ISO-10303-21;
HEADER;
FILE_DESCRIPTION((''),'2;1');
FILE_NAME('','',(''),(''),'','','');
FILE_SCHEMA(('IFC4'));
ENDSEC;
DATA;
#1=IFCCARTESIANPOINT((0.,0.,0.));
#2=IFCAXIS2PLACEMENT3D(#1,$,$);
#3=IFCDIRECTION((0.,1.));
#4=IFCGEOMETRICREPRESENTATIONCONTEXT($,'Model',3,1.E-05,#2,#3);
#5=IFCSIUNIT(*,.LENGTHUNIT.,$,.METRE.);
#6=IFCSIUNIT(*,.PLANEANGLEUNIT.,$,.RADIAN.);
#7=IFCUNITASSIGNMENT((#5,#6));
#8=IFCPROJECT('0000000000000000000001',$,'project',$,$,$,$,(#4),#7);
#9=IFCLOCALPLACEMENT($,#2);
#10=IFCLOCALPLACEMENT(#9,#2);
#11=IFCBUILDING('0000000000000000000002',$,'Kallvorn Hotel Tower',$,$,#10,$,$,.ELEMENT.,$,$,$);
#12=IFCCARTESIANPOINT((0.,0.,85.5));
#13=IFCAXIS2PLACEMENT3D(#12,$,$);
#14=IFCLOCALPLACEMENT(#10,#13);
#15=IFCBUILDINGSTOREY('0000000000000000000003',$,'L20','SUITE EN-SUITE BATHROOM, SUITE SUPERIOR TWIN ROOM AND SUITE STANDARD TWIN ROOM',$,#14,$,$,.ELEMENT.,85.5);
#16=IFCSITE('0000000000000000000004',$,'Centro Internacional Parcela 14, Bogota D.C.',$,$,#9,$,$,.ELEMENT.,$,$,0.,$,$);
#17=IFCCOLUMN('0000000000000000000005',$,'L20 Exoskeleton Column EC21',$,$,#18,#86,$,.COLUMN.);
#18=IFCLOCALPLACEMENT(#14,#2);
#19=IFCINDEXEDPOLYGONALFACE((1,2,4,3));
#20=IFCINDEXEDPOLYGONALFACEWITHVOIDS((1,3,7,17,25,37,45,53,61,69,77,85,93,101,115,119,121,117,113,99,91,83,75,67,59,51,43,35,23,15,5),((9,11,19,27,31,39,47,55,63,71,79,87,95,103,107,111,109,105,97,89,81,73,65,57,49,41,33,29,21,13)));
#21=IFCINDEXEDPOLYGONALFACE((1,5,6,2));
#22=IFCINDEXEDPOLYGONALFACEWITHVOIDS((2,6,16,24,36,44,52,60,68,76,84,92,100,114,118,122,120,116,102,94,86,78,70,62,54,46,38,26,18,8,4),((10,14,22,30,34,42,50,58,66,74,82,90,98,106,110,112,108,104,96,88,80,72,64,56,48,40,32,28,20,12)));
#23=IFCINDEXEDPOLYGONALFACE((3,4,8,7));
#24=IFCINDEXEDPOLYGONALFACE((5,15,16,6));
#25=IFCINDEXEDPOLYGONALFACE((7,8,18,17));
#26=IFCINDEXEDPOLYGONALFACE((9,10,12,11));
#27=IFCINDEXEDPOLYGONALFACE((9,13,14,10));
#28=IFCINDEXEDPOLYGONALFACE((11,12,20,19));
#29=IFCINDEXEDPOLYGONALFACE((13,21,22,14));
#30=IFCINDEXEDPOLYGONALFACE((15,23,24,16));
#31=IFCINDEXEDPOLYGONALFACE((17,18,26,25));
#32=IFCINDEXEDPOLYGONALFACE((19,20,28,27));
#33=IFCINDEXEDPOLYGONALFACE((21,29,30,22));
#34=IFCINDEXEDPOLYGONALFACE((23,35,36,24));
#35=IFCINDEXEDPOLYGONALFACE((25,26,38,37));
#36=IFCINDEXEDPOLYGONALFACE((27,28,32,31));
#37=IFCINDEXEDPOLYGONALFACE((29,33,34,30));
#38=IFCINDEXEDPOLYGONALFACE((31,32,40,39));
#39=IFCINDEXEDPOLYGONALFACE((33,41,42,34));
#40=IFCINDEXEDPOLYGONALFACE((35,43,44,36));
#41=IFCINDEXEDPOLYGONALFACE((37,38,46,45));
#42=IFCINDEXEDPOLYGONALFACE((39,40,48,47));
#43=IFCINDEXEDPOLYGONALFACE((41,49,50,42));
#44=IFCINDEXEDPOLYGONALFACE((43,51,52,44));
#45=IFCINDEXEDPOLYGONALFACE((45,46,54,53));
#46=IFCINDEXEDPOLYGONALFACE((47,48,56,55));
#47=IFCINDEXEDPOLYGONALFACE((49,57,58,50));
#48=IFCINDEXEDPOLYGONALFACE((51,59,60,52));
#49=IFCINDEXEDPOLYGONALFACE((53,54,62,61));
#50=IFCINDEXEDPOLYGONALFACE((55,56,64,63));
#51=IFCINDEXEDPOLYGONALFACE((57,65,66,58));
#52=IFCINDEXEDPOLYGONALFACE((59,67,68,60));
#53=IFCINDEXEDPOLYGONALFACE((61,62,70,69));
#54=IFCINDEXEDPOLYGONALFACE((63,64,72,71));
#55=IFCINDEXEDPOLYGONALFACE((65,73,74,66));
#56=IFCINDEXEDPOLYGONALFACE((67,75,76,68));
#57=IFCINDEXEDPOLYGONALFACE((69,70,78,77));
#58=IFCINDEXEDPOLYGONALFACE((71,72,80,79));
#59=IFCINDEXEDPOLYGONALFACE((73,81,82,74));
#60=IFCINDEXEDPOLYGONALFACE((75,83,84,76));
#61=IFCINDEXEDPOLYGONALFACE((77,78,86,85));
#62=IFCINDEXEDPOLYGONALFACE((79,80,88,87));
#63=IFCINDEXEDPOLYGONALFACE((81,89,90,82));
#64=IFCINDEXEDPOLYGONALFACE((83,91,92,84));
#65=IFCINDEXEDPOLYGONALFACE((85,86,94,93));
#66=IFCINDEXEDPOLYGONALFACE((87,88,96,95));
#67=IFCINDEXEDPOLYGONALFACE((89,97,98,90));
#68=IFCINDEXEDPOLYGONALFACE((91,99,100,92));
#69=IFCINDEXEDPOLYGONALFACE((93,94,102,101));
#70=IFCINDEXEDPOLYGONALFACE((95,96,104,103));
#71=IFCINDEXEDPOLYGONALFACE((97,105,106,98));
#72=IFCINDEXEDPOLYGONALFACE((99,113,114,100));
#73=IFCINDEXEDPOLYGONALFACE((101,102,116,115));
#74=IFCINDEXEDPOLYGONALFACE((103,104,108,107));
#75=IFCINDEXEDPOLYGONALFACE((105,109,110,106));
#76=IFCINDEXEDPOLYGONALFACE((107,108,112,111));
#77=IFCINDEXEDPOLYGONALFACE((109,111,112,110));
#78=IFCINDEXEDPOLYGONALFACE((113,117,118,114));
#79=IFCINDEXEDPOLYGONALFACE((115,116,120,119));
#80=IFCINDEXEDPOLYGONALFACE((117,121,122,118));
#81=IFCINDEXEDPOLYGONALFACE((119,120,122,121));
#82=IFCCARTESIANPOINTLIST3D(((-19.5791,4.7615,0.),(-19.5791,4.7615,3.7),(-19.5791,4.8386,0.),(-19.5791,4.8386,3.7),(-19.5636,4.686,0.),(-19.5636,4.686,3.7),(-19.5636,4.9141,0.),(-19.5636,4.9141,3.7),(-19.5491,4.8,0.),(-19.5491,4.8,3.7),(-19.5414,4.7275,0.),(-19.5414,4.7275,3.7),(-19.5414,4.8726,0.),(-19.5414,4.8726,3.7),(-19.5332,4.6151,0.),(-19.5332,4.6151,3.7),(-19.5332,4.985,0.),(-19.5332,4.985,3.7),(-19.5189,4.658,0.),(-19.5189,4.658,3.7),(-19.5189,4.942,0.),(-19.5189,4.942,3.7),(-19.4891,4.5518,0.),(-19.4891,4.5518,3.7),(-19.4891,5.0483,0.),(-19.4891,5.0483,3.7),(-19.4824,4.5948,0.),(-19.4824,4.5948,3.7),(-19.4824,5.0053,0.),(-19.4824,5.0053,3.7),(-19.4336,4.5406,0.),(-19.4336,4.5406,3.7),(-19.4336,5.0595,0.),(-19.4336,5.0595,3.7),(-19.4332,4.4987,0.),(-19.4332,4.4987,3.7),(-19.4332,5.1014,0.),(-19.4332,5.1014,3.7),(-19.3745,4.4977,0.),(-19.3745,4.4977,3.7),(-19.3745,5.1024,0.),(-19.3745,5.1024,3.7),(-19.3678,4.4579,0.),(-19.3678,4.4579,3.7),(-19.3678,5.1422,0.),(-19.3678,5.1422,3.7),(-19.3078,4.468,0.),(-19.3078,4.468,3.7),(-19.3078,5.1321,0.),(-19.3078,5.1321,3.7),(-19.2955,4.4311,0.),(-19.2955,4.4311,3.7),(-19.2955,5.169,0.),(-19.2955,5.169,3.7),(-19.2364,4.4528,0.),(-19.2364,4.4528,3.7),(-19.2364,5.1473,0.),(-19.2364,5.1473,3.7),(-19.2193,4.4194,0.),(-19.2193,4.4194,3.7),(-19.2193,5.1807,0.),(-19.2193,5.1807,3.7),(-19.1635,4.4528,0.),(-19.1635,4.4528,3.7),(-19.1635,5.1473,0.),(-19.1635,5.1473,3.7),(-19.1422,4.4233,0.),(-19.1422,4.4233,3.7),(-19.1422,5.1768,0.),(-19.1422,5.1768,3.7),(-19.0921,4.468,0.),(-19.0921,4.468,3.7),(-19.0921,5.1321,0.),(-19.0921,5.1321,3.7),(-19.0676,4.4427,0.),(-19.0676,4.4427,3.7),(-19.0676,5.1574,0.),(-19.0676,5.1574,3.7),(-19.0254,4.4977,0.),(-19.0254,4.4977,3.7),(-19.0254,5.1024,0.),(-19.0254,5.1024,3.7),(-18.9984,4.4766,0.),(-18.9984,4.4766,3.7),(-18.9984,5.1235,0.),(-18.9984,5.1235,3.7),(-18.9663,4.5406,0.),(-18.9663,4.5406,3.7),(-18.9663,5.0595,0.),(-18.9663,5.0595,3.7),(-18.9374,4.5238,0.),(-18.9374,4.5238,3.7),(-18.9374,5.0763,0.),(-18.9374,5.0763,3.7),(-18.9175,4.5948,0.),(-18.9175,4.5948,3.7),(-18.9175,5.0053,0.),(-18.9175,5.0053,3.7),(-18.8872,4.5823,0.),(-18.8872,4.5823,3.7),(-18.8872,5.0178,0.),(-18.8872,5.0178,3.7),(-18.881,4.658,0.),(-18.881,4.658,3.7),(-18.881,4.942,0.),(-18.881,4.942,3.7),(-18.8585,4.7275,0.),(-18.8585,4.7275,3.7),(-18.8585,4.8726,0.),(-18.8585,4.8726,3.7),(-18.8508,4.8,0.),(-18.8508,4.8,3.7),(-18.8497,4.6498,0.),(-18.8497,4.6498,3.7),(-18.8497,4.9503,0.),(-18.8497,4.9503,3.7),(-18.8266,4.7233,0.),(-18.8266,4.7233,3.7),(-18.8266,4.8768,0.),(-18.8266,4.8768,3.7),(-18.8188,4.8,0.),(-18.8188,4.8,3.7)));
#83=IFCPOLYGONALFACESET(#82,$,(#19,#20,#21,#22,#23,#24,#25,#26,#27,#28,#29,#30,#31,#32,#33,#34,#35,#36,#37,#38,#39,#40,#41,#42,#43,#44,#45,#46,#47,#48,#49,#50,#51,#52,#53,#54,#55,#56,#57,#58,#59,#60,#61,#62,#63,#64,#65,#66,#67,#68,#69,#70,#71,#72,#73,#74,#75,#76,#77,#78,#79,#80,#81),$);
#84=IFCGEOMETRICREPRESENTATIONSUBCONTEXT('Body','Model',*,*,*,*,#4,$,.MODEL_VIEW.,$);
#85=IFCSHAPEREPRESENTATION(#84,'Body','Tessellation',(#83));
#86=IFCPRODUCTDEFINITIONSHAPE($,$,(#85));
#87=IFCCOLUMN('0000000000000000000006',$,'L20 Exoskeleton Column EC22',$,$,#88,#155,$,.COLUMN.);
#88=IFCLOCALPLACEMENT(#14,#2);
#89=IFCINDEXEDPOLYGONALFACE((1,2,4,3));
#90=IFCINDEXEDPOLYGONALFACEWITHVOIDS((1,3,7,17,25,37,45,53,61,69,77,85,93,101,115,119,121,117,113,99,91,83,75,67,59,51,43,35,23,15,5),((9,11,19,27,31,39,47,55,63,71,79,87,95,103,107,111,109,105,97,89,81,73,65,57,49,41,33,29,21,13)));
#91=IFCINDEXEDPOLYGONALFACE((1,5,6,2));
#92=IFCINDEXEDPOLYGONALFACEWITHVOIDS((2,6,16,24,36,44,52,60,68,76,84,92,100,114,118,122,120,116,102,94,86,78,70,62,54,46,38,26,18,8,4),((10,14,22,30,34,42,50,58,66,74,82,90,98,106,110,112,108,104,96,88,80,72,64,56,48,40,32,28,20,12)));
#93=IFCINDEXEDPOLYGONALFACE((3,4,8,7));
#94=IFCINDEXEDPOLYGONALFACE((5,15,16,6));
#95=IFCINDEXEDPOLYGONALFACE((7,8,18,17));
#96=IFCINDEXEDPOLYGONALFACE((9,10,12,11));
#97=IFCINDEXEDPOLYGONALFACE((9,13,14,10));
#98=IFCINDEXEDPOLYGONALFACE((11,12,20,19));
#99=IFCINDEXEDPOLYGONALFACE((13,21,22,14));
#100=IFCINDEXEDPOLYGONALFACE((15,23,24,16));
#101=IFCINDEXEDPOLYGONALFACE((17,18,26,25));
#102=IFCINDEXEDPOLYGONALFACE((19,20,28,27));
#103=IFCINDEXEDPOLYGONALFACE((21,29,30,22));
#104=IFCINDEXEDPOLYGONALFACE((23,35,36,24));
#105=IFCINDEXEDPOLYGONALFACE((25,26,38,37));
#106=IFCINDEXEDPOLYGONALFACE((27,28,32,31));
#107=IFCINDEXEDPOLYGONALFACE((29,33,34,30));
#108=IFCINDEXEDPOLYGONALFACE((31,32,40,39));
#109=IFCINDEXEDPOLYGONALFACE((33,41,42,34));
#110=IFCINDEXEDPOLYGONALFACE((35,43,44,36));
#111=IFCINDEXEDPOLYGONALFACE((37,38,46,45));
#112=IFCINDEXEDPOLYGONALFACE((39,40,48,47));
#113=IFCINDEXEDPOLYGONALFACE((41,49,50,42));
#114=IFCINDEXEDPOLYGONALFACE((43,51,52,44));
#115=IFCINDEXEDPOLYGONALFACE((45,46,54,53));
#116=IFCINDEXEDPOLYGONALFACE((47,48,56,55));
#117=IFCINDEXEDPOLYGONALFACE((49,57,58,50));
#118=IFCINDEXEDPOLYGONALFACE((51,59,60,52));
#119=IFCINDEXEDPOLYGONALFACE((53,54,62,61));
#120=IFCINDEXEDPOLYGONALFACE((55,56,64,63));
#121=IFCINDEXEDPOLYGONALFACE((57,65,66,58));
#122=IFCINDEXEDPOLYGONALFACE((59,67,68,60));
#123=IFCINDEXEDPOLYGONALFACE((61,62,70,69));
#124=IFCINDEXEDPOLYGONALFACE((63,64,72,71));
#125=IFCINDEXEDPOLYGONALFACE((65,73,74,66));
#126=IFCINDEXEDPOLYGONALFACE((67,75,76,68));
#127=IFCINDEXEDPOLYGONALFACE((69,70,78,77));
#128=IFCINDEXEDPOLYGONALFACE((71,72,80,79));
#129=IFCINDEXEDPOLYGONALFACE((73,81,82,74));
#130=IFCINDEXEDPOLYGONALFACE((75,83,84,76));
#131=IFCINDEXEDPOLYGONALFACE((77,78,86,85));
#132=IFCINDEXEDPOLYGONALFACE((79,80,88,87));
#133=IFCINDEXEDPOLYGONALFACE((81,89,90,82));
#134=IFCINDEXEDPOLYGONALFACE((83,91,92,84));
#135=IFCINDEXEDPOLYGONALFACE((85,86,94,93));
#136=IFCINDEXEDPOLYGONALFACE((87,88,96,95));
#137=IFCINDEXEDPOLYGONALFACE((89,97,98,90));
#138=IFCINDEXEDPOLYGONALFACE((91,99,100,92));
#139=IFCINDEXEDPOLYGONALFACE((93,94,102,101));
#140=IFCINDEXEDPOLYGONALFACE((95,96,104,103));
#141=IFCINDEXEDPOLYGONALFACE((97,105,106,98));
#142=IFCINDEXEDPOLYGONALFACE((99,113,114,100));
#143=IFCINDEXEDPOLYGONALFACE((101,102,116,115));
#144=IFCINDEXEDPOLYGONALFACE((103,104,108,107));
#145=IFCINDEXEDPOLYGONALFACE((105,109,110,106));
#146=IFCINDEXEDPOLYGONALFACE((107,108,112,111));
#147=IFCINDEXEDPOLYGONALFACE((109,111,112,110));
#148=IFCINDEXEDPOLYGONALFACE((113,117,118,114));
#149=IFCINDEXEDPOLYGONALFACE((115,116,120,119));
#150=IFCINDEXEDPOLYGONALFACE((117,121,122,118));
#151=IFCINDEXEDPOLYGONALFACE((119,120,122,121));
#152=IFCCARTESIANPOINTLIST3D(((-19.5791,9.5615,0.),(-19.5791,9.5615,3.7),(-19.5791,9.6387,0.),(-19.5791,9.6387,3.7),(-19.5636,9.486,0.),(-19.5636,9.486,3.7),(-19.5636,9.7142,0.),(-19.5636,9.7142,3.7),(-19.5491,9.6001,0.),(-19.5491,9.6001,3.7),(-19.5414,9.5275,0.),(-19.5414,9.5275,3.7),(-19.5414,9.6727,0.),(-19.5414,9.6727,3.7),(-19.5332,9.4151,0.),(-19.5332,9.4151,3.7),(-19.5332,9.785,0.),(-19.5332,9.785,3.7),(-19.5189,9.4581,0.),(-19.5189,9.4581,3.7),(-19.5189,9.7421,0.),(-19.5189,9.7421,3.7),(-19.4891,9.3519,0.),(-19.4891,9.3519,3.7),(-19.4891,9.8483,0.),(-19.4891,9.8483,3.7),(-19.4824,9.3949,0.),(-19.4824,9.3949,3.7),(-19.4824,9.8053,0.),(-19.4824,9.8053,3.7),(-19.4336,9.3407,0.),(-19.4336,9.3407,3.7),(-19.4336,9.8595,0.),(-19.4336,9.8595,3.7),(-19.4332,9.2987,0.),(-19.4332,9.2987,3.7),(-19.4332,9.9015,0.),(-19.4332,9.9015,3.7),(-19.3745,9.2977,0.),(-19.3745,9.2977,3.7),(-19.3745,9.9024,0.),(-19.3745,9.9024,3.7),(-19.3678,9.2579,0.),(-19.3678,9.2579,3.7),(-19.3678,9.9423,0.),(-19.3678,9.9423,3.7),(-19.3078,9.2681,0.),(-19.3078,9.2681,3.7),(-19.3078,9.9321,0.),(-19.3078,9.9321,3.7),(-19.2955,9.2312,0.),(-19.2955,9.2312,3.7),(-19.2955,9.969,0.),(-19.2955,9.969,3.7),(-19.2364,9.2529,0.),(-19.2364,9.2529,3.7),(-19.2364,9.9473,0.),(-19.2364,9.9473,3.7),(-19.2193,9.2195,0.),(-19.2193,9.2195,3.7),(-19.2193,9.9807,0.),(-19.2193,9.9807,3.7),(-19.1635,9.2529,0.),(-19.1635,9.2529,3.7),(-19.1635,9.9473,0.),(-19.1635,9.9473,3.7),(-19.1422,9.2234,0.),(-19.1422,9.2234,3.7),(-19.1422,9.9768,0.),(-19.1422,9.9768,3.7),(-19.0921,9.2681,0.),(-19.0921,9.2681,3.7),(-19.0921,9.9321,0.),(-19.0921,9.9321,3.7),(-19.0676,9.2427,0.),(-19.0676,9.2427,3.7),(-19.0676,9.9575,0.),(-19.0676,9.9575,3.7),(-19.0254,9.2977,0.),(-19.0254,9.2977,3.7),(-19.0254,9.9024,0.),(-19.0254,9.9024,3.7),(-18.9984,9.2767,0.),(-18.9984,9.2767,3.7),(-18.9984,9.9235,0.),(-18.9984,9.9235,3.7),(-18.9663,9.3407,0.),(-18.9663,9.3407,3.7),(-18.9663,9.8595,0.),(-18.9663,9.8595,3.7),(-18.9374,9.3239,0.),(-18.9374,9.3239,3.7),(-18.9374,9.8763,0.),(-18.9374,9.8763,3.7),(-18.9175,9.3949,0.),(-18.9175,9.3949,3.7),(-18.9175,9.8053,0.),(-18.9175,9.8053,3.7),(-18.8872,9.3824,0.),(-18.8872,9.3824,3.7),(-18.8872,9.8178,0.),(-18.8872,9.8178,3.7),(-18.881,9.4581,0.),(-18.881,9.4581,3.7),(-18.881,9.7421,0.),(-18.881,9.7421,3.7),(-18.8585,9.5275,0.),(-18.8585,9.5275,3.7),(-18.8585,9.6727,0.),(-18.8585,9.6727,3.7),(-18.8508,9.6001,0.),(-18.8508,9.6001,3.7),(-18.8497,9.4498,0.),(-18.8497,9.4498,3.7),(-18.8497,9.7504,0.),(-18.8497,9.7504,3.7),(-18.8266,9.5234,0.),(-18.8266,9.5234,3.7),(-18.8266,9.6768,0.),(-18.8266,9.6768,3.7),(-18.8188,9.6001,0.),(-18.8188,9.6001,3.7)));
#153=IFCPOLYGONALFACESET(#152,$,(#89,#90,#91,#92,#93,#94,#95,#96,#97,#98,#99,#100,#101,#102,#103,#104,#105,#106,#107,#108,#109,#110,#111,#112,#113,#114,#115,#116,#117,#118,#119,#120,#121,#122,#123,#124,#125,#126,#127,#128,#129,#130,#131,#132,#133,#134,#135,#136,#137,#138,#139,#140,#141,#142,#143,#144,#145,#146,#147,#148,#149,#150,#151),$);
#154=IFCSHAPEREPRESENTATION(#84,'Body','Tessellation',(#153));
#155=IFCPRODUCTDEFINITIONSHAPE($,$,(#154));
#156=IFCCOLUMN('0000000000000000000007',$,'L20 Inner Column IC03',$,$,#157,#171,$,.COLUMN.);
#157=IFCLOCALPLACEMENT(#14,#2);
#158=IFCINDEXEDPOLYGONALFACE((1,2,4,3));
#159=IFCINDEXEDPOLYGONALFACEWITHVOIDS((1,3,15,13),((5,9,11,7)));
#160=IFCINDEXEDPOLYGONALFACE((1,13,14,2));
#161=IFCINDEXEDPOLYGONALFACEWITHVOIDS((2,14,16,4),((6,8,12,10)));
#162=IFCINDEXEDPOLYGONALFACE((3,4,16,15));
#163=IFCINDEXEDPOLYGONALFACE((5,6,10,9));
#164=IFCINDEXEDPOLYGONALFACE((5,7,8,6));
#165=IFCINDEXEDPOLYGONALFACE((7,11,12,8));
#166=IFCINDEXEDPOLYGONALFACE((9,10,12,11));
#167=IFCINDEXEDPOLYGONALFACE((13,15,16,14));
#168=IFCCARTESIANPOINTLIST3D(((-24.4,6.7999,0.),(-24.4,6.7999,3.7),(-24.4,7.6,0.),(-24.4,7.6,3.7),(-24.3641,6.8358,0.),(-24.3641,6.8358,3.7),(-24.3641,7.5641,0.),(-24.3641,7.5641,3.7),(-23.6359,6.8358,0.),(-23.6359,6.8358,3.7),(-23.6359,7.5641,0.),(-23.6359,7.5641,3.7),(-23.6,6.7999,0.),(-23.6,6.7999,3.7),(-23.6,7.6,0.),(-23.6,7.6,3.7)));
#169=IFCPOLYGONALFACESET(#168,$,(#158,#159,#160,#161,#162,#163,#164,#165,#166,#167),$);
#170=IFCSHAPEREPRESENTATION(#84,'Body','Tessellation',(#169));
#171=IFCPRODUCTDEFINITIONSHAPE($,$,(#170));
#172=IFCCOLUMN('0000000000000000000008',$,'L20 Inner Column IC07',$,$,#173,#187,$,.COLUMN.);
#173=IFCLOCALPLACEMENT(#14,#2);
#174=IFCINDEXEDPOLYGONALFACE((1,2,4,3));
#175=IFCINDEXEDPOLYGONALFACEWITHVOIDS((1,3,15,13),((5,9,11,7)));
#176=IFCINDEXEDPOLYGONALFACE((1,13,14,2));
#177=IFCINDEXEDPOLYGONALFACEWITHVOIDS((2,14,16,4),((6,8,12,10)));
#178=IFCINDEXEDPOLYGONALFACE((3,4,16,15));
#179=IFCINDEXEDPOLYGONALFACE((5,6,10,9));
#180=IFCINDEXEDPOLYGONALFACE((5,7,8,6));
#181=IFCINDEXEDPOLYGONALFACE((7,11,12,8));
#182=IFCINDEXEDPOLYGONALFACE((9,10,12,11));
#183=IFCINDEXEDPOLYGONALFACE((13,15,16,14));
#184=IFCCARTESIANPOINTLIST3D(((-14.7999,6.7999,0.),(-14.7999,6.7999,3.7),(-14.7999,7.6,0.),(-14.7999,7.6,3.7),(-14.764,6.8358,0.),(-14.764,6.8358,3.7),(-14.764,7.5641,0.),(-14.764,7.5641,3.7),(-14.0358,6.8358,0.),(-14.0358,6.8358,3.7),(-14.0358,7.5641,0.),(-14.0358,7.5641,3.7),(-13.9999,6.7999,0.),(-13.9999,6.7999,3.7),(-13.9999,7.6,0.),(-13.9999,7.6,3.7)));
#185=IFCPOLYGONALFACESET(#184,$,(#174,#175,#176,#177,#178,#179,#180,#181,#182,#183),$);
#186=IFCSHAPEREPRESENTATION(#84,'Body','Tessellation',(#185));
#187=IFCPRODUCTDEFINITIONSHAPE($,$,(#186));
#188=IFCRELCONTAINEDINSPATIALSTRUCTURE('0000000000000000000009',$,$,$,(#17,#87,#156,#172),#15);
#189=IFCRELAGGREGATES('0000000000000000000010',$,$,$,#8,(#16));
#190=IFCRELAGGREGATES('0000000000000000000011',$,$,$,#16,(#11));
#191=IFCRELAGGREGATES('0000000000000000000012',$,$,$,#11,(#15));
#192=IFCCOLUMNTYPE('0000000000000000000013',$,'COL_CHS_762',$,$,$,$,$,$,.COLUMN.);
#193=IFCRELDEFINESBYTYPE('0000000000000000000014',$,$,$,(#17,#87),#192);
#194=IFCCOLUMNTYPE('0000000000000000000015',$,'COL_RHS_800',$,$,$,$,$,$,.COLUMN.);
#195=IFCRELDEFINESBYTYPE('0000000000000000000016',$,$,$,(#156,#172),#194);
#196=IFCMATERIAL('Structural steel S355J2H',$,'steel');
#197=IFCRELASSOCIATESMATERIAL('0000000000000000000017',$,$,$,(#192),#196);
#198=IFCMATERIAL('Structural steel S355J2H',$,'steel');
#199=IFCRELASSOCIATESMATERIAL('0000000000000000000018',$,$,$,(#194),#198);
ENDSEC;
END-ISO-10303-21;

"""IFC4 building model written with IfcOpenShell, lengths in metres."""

from ifc_helpers import new_model, si_unit, direction, frame, origin, origin_2d, place, context, subcontext, project, spatial, hollow_rectangle, hollow_circle, extrude, material, material_profile, profile_set, type_object, element, save


model = new_model("IFC4")

# Units and contexts
model_context = context("Model", 3, precision=1e-05, world=origin(), true_north=direction((0.0, 1.0)))
body_context = subcontext(model_context, "Body", "Model", "MODEL_VIEW")
ifc_project = project(units=[si_unit("LENGTHUNIT", "METRE"), si_unit("PLANEANGLEUNIT", "RADIAN")], contexts=[model_context])

# Site, building, storey
site_placement = place(None, origin())
site = spatial("IfcSite", under=ifc_project, at=site_placement, Name="Centro Internacional Parcela 14, Bogota D.C.", CompositionType="ELEMENT", RefElevation=0.0)
building_placement = place(site_placement, origin())
building = spatial("IfcBuilding", under=site, at=building_placement, Name="Kallvorn Hotel Tower", CompositionType="ELEMENT")
storey_placement = place(building_placement, frame((0.0, 0.0, 85.5)))
storey = spatial("IfcBuildingStorey", under=building, at=storey_placement, Name="L20", Description="SUITE EN-SUITE BATHROOM, SUITE SUPERIOR TWIN ROOM AND SUITE STANDARD TWIN ROOM", CompositionType="ELEMENT", Elevation=85.5)

# Columns
ifc_material_1 = material(Name="Structural steel S355J2H", Category="steel")
ifc_material_profile_1 = material_profile(ifc_material_1, hollow_circle(Radius=0.3811, WallThickness=0.032, at=origin_2d()), Name="CHS 762x32")
ifc_profile_set_1 = profile_set([ifc_material_profile_1], Name="Structural steel S355J2H")
column_type_1 = type_object("IfcColumnType", Name="COL_CHS_762", PredefinedType="COLUMN", material=ifc_profile_set_1)
for number, where, z_axis, x_axis, name in (
    (1, (-19.2, 4.8, 0.0), (0.0, 0.0, 1.0), (1.0, 0.0, 0.0), "L20 Exoskeleton Column EC21"),
    (2, (-19.2, 9.6001, 0.0), (0.0, 0.0, 1.0), (1.0, 0.0, 0.0), "L20 Exoskeleton Column EC22"),
):
    element("IfcColumn", number, at=place(storey_placement, frame(where, z_axis=z_axis, x_axis=x_axis)), inside=storey, type_object=column_type_1, Name=name, PredefinedType="COLUMN", context=body_context, shape_type="SweptSolid", body=[
        extrude(hollow_circle(Radius=0.3811, WallThickness=0.032, at=origin_2d()), origin(), (0.0, 0.0, 1.0), 3.7),
    ])
ifc_material_2 = material(Name="Structural steel S355J2H", Category="steel")
ifc_material_profile_2 = material_profile(ifc_material_2, hollow_rectangle(XDim=0.8, YDim=0.8, WallThickness=0.0359, at=origin_2d()), Name="RHS 800x800x36")
ifc_profile_set_2 = profile_set([ifc_material_profile_2], Name="Structural steel S355J2H")
column_type_2 = type_object("IfcColumnType", Name="COL_RHS_800", PredefinedType="COLUMN", material=ifc_profile_set_2)
for number, where, z_axis, x_axis, name in (
    (3, (-24.0, 7.2, 0.0), (0.0, 0.0, 1.0), (1.0, 0.0, 0.0), "L20 Inner Column IC03"),
    (4, (-14.3999, 7.2, 0.0), (0.0, 0.0, 1.0), (1.0, 0.0, 0.0), "L20 Inner Column IC07"),
):
    element("IfcColumn", number, at=place(storey_placement, frame(where, z_axis=z_axis, x_axis=x_axis)), inside=storey, type_object=column_type_2, Name=name, PredefinedType="COLUMN", context=body_context, shape_type="SweptSolid", body=[
        extrude(hollow_rectangle(XDim=0.8, YDim=0.8, WallThickness=0.0359, at=origin_2d()), origin(), (0.0, 0.0, 1.0), 3.7),
    ])

save(model, "model.ifc")
